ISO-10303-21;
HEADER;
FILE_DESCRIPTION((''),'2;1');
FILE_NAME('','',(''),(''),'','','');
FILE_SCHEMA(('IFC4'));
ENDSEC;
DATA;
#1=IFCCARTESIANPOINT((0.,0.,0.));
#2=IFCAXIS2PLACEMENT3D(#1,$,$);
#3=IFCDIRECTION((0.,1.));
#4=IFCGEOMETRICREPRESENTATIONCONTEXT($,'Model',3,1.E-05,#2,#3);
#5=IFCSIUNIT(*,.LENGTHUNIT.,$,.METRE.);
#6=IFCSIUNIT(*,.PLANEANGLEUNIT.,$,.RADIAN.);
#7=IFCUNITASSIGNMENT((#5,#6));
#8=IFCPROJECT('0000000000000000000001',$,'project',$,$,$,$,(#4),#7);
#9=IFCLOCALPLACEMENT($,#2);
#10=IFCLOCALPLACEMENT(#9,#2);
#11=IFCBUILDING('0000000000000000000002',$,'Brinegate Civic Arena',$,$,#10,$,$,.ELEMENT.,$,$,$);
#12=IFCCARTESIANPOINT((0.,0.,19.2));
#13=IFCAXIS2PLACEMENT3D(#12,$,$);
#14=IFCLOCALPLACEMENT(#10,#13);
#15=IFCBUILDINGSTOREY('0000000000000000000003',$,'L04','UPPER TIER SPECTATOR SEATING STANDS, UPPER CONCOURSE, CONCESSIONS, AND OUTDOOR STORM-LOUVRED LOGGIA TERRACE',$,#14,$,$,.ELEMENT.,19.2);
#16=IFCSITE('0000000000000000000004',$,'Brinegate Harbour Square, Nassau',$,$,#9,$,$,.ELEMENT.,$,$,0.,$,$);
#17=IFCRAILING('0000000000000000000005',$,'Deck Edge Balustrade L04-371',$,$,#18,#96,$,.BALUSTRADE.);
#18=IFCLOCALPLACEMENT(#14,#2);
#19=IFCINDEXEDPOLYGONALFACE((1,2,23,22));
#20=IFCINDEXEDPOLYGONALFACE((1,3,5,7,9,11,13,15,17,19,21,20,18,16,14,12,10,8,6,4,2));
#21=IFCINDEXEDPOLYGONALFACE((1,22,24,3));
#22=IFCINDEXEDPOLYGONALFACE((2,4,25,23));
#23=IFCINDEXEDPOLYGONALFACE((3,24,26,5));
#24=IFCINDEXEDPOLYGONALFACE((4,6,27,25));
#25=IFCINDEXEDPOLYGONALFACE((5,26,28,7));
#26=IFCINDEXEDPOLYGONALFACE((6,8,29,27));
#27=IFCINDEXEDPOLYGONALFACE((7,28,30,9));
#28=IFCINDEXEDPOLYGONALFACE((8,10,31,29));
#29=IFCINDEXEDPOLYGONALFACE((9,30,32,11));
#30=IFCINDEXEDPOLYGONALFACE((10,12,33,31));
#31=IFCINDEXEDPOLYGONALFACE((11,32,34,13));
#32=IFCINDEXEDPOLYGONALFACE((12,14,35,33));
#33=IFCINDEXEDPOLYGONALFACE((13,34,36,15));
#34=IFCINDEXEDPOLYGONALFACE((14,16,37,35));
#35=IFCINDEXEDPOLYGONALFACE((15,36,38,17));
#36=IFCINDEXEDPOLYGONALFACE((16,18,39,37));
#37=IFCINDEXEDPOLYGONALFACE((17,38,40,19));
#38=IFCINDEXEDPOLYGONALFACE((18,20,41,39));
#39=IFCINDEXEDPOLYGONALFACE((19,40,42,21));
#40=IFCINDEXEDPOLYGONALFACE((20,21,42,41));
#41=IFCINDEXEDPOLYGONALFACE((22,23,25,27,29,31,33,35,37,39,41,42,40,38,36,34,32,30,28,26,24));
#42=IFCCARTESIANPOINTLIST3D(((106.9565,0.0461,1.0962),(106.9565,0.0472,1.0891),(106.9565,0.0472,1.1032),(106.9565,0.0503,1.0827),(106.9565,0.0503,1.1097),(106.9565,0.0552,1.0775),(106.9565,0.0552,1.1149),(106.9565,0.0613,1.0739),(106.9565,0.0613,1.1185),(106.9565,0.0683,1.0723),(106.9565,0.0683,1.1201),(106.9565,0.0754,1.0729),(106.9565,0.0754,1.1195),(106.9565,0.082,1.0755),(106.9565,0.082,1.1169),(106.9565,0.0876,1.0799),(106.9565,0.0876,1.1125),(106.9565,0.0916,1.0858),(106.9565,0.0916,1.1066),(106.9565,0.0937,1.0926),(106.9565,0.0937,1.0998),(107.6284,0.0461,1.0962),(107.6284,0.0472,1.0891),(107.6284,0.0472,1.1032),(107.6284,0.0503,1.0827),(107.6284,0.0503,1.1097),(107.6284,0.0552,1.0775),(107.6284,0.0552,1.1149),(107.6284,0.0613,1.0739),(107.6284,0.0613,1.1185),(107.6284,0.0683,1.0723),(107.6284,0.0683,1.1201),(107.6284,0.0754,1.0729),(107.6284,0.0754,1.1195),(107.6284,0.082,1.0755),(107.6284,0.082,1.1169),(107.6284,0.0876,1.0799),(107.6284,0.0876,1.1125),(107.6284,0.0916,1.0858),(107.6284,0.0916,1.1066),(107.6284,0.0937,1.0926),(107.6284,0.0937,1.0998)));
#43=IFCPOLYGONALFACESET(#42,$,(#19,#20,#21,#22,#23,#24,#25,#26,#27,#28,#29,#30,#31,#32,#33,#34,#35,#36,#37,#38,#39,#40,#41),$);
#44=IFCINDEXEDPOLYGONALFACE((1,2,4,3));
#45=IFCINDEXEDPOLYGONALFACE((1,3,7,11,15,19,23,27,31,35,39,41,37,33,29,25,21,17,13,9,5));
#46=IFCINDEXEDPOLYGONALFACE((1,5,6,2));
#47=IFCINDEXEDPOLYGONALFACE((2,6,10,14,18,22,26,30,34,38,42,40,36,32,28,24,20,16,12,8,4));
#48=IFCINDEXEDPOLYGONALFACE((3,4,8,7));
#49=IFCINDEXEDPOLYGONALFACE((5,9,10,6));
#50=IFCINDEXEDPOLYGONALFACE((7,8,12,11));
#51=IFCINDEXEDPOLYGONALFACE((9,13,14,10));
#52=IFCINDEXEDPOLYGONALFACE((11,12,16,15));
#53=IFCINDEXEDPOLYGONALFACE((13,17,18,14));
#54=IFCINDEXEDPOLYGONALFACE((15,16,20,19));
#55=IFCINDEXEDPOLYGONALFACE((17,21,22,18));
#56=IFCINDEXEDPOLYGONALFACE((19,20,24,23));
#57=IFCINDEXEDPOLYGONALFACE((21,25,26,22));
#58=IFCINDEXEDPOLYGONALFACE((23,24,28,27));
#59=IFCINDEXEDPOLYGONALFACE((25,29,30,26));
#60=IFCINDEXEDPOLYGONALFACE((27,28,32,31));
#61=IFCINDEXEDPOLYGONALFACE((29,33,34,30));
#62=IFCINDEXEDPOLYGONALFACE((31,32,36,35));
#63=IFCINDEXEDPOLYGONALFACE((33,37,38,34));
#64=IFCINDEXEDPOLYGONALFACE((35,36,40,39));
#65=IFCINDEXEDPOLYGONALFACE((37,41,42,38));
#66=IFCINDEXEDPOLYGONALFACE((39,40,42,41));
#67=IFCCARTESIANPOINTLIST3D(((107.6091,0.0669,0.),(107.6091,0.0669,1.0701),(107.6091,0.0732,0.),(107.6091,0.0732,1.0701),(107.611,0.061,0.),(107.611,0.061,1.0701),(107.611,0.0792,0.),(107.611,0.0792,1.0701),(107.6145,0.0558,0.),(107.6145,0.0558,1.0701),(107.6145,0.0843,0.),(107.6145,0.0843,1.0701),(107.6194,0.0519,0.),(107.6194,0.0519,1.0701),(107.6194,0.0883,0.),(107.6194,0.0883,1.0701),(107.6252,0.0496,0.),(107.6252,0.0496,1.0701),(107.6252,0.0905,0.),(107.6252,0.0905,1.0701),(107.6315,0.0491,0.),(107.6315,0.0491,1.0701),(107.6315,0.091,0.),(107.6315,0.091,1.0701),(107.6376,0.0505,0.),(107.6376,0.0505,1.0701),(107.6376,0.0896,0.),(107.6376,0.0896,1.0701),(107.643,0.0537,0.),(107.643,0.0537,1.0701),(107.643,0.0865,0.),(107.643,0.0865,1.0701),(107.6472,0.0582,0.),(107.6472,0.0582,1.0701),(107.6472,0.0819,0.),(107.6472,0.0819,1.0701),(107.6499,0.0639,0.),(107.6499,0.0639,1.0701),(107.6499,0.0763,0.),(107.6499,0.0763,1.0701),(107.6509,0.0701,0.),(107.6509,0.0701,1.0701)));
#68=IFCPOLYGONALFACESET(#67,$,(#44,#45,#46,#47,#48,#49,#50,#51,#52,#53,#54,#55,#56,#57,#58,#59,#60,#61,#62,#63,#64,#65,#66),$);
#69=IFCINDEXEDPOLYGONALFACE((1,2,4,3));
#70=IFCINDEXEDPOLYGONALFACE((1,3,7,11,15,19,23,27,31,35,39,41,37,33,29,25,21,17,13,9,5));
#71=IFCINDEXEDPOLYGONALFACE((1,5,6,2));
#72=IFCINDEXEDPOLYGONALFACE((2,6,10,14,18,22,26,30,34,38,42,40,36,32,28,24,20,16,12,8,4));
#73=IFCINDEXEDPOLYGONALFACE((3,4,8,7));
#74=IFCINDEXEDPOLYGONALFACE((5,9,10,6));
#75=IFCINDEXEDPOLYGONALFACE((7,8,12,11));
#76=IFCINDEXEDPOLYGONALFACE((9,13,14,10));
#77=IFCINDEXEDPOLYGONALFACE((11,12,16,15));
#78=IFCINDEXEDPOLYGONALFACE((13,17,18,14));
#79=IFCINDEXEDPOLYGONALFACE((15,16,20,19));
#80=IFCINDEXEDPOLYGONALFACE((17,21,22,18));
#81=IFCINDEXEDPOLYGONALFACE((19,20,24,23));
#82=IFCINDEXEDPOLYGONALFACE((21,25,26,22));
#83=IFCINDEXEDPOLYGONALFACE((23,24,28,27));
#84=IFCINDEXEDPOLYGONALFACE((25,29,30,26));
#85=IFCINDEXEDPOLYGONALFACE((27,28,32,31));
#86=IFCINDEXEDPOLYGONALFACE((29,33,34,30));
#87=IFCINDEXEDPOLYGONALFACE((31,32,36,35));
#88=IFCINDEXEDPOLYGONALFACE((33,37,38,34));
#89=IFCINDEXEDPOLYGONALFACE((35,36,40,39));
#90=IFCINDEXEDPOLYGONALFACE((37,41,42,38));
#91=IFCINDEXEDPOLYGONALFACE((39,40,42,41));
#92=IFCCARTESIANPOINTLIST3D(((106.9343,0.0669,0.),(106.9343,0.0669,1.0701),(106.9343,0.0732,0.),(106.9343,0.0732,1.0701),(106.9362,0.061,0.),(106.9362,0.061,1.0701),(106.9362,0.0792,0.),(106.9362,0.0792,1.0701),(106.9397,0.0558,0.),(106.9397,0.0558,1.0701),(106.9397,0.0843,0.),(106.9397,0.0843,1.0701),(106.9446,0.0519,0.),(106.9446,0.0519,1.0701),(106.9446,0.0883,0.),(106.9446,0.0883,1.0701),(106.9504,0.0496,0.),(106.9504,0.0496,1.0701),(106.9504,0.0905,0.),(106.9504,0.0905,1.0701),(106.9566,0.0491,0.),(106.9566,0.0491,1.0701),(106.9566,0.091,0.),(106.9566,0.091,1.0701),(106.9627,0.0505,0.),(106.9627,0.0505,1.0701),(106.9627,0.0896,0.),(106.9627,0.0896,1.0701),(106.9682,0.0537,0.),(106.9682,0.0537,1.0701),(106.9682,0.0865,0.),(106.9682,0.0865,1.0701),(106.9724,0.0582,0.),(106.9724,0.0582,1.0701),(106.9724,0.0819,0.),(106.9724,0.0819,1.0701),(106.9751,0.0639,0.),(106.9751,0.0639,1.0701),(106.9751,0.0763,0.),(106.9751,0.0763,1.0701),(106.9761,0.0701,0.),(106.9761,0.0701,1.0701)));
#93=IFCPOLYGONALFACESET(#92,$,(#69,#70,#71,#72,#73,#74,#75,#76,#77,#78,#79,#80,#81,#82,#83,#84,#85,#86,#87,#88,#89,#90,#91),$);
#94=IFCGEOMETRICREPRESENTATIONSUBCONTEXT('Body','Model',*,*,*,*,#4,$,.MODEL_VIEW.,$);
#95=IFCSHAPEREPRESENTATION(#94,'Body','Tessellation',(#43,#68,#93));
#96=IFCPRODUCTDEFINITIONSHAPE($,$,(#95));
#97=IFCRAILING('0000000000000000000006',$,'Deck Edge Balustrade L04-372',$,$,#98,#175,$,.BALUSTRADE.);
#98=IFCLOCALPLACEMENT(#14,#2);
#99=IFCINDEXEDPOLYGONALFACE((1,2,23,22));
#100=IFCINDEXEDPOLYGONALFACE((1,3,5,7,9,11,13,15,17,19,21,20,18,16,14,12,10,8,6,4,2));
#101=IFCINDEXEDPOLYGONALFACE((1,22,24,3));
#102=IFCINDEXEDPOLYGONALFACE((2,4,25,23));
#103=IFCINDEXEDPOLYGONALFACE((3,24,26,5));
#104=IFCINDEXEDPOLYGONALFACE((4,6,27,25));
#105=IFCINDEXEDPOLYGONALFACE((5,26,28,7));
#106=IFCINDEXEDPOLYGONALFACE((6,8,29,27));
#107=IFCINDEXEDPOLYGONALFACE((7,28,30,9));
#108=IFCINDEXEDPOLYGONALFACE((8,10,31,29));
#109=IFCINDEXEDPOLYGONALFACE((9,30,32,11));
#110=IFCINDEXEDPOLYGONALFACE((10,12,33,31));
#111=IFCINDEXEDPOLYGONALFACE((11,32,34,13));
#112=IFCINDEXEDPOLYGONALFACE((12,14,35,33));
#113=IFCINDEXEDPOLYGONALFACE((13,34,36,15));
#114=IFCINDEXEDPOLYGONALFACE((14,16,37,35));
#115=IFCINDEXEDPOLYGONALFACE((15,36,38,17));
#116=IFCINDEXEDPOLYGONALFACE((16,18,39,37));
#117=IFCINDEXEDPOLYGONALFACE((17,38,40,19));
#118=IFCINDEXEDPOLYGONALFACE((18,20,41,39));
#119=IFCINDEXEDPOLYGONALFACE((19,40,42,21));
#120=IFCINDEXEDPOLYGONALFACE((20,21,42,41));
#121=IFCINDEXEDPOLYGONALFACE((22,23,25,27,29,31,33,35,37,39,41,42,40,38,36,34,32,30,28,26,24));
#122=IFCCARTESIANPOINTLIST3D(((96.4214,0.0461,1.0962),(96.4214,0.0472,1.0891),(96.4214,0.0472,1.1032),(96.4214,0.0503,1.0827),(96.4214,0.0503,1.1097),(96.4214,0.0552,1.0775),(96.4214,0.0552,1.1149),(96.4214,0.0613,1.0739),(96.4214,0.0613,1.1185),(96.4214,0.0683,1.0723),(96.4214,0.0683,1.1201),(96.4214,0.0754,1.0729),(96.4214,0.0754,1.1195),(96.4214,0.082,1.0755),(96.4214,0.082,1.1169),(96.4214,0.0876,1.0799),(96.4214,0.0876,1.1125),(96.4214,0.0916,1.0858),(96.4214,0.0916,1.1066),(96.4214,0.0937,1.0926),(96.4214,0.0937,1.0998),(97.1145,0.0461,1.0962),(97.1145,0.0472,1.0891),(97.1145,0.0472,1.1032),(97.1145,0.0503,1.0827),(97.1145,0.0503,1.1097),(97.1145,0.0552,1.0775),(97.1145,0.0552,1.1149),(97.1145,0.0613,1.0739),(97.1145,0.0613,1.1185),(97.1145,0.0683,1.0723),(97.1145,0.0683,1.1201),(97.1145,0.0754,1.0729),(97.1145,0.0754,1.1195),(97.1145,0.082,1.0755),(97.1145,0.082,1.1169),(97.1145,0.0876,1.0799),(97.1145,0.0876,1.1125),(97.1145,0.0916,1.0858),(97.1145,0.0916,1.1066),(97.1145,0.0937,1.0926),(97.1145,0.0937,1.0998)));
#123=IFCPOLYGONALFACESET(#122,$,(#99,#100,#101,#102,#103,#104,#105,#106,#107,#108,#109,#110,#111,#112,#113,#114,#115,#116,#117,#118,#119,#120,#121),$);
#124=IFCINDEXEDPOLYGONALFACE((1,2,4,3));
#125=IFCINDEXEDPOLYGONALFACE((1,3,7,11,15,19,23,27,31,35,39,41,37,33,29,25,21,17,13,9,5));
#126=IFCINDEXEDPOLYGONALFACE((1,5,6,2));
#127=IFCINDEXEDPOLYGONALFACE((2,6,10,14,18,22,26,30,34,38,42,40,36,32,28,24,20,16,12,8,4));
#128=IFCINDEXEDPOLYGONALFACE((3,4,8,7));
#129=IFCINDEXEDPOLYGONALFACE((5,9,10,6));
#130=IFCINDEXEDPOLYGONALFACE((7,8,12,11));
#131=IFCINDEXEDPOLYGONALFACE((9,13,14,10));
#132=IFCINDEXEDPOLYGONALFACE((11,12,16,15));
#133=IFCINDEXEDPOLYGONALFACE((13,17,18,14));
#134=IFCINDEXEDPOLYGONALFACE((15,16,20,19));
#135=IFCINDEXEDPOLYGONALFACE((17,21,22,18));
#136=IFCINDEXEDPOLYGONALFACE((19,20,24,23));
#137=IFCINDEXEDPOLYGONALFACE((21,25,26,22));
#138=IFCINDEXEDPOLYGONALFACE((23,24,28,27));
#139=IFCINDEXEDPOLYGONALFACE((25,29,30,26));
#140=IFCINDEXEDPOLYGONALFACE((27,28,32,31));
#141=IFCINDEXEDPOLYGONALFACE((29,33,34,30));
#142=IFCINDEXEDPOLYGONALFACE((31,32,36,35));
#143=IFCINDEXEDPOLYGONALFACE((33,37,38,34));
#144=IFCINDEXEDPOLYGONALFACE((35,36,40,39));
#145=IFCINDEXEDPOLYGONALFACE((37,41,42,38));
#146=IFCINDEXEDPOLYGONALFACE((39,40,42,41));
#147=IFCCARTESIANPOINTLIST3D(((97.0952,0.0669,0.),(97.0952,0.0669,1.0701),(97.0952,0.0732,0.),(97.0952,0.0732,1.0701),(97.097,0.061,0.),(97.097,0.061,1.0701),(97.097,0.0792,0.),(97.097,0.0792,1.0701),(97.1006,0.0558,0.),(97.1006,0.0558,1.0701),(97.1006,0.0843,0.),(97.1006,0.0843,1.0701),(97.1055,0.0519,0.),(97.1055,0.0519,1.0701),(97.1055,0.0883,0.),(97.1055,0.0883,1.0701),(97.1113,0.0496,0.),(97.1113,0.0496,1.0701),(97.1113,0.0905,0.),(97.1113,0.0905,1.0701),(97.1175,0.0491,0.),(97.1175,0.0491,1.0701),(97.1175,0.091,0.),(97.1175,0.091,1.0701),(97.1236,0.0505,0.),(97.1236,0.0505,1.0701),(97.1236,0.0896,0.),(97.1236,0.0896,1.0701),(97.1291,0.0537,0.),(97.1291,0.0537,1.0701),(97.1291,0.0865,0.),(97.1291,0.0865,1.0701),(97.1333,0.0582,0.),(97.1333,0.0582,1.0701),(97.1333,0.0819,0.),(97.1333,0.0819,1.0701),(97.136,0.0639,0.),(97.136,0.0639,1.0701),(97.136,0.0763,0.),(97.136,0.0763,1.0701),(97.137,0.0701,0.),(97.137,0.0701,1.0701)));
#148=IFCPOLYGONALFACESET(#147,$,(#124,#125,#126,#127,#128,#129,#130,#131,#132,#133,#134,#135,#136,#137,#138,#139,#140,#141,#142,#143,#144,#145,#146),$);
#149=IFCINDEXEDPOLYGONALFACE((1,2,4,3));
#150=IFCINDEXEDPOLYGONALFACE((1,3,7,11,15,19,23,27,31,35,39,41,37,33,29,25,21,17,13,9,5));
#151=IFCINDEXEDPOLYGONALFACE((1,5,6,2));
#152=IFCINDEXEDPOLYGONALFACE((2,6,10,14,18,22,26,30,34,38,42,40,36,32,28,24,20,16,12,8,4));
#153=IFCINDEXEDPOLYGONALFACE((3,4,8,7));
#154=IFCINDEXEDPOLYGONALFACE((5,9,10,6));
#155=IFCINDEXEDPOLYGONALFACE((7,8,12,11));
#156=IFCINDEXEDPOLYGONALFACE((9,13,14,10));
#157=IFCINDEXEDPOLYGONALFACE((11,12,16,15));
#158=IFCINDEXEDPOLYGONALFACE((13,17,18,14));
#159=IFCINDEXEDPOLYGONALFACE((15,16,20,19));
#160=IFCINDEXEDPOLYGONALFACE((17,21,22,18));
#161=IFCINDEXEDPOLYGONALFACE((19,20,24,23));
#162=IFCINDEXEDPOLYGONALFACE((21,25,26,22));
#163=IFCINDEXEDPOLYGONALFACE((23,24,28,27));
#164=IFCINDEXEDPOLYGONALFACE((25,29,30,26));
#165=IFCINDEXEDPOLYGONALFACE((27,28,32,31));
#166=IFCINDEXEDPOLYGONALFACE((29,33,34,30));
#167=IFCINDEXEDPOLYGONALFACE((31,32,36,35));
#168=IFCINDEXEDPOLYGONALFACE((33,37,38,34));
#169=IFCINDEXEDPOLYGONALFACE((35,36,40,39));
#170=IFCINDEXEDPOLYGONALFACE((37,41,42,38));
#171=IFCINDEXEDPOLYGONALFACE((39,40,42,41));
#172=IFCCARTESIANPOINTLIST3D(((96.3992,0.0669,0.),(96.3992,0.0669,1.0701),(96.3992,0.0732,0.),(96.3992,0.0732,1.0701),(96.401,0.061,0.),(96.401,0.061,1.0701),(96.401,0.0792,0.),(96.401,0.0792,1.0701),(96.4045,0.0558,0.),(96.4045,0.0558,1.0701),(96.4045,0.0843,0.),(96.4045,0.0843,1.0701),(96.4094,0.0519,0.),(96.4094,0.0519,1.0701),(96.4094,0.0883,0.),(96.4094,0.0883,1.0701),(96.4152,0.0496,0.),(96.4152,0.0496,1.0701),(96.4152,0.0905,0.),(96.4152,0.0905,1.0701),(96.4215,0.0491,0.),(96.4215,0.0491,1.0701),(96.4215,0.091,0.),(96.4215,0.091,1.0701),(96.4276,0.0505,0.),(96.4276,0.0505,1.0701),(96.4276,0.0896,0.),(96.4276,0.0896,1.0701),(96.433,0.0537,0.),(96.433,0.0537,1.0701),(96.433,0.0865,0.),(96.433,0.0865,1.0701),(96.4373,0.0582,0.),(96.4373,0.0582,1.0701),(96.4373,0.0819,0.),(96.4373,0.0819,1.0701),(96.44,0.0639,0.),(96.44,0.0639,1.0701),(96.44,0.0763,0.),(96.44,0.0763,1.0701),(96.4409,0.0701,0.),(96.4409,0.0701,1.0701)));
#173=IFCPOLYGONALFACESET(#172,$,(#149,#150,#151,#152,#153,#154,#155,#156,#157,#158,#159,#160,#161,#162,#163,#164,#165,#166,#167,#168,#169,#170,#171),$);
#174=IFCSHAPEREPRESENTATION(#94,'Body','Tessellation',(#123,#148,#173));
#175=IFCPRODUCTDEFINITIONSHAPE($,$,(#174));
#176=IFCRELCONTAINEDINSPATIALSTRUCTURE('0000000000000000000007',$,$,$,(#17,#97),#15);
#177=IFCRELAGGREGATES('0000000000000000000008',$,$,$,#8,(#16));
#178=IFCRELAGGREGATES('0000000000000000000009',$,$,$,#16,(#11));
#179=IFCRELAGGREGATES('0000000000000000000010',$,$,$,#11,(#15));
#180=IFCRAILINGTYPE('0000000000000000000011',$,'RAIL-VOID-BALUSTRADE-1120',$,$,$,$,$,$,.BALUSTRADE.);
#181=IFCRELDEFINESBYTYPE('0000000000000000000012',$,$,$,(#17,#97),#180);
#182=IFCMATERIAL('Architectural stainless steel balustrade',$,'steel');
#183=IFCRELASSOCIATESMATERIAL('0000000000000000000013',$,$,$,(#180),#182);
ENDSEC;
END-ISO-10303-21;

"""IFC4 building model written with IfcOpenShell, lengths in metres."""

from ifc_helpers import new_model, si_unit, direction, frame, origin, origin_2d, place, context, subcontext, project, spatial, circle, extrude, material, type_object, element, save


model = new_model("IFC4")

# Units and contexts
model_context = context("Model", 3, precision=1e-05, world=origin(), true_north=direction((0.0, 1.0)))
body_context = subcontext(model_context, "Body", "Model", "MODEL_VIEW")
ifc_project = project(units=[si_unit("LENGTHUNIT", "METRE"), si_unit("PLANEANGLEUNIT", "RADIAN")], contexts=[model_context])

# Site, building, storey
site_placement = place(None, origin())
site = spatial("IfcSite", under=ifc_project, at=site_placement, Name="Brinegate Harbour Square, Nassau", CompositionType="ELEMENT", RefElevation=0.0)
building_placement = place(site_placement, origin())
building = spatial("IfcBuilding", under=site, at=building_placement, Name="Brinegate Civic Arena", CompositionType="ELEMENT")
storey_placement = place(building_placement, frame((0.0, 0.0, 19.2)))
storey = spatial("IfcBuildingStorey", under=building, at=storey_placement, Name="L04", Description="UPPER TIER SPECTATOR SEATING STANDS, UPPER CONCOURSE, CONCESSIONS, AND OUTDOOR STORM-LOUVRED LOGGIA TERRACE", CompositionType="ELEMENT", Elevation=19.2)

# Shared definitions
ifc_material_1 = material(Name="Architectural stainless steel balustrade", Category="steel")

# Railings
railing_type = type_object("IfcRailingType", Name="RAIL-VOID-BALUSTRADE-1120", PredefinedType="BALUSTRADE", material=ifc_material_1)
railing_1_placement = place(storey_placement, frame((107.6299, 0.0701, 0.0)))
element("IfcRailing", 1, at=railing_1_placement, inside=storey, type_object=railing_type, Name="Deck Edge Balustrade L04-371", PredefinedType="BALUSTRADE", context=body_context, shape_type="SweptSolid", body=[
    extrude(circle(Radius=0.0239, at=origin_2d()), frame((-0.0015, 0.0, 1.0962), z_axis=(-1.0, 0.0, 0.0), x_axis=(0.0, -1.0, 0.0)), (0.0, 0.0, 1.0), 0.6719),
    extrude(circle(Radius=0.021, at=origin_2d()), origin(), (0.0, 0.0, 1.0), 1.0701),
    extrude(circle(Radius=0.021, at=origin_2d()), frame((-0.6748, 0.0, 0.0)), (0.0, 0.0, 1.0), 1.0701),
])
for number, where, name in (
    (2, (97.116, 0.0701, 0.0), "Deck Edge Balustrade L04-372"),
):
    element("IfcRailing", number, at=place(storey_placement, frame(where)), inside=storey, type_object=railing_type, Name=name, PredefinedType="BALUSTRADE", context=body_context, shape_type="SweptSolid", body=[
        extrude(circle(Radius=0.0239, at=origin_2d()), frame((-0.0015, 0.0, 1.0962), z_axis=(-1.0, 0.0, 0.0), x_axis=(0.0, -1.0, 0.0)), (0.0, 0.0, 1.0), 0.6931),
        extrude(circle(Radius=0.021, at=origin_2d()), origin(), (0.0, 0.0, 1.0), 1.0701),
        extrude(circle(Radius=0.021, at=origin_2d()), frame((-0.696, 0.0, 0.0)), (0.0, 0.0, 1.0), 1.0701),
    ])

save(model, "model.ifc")
